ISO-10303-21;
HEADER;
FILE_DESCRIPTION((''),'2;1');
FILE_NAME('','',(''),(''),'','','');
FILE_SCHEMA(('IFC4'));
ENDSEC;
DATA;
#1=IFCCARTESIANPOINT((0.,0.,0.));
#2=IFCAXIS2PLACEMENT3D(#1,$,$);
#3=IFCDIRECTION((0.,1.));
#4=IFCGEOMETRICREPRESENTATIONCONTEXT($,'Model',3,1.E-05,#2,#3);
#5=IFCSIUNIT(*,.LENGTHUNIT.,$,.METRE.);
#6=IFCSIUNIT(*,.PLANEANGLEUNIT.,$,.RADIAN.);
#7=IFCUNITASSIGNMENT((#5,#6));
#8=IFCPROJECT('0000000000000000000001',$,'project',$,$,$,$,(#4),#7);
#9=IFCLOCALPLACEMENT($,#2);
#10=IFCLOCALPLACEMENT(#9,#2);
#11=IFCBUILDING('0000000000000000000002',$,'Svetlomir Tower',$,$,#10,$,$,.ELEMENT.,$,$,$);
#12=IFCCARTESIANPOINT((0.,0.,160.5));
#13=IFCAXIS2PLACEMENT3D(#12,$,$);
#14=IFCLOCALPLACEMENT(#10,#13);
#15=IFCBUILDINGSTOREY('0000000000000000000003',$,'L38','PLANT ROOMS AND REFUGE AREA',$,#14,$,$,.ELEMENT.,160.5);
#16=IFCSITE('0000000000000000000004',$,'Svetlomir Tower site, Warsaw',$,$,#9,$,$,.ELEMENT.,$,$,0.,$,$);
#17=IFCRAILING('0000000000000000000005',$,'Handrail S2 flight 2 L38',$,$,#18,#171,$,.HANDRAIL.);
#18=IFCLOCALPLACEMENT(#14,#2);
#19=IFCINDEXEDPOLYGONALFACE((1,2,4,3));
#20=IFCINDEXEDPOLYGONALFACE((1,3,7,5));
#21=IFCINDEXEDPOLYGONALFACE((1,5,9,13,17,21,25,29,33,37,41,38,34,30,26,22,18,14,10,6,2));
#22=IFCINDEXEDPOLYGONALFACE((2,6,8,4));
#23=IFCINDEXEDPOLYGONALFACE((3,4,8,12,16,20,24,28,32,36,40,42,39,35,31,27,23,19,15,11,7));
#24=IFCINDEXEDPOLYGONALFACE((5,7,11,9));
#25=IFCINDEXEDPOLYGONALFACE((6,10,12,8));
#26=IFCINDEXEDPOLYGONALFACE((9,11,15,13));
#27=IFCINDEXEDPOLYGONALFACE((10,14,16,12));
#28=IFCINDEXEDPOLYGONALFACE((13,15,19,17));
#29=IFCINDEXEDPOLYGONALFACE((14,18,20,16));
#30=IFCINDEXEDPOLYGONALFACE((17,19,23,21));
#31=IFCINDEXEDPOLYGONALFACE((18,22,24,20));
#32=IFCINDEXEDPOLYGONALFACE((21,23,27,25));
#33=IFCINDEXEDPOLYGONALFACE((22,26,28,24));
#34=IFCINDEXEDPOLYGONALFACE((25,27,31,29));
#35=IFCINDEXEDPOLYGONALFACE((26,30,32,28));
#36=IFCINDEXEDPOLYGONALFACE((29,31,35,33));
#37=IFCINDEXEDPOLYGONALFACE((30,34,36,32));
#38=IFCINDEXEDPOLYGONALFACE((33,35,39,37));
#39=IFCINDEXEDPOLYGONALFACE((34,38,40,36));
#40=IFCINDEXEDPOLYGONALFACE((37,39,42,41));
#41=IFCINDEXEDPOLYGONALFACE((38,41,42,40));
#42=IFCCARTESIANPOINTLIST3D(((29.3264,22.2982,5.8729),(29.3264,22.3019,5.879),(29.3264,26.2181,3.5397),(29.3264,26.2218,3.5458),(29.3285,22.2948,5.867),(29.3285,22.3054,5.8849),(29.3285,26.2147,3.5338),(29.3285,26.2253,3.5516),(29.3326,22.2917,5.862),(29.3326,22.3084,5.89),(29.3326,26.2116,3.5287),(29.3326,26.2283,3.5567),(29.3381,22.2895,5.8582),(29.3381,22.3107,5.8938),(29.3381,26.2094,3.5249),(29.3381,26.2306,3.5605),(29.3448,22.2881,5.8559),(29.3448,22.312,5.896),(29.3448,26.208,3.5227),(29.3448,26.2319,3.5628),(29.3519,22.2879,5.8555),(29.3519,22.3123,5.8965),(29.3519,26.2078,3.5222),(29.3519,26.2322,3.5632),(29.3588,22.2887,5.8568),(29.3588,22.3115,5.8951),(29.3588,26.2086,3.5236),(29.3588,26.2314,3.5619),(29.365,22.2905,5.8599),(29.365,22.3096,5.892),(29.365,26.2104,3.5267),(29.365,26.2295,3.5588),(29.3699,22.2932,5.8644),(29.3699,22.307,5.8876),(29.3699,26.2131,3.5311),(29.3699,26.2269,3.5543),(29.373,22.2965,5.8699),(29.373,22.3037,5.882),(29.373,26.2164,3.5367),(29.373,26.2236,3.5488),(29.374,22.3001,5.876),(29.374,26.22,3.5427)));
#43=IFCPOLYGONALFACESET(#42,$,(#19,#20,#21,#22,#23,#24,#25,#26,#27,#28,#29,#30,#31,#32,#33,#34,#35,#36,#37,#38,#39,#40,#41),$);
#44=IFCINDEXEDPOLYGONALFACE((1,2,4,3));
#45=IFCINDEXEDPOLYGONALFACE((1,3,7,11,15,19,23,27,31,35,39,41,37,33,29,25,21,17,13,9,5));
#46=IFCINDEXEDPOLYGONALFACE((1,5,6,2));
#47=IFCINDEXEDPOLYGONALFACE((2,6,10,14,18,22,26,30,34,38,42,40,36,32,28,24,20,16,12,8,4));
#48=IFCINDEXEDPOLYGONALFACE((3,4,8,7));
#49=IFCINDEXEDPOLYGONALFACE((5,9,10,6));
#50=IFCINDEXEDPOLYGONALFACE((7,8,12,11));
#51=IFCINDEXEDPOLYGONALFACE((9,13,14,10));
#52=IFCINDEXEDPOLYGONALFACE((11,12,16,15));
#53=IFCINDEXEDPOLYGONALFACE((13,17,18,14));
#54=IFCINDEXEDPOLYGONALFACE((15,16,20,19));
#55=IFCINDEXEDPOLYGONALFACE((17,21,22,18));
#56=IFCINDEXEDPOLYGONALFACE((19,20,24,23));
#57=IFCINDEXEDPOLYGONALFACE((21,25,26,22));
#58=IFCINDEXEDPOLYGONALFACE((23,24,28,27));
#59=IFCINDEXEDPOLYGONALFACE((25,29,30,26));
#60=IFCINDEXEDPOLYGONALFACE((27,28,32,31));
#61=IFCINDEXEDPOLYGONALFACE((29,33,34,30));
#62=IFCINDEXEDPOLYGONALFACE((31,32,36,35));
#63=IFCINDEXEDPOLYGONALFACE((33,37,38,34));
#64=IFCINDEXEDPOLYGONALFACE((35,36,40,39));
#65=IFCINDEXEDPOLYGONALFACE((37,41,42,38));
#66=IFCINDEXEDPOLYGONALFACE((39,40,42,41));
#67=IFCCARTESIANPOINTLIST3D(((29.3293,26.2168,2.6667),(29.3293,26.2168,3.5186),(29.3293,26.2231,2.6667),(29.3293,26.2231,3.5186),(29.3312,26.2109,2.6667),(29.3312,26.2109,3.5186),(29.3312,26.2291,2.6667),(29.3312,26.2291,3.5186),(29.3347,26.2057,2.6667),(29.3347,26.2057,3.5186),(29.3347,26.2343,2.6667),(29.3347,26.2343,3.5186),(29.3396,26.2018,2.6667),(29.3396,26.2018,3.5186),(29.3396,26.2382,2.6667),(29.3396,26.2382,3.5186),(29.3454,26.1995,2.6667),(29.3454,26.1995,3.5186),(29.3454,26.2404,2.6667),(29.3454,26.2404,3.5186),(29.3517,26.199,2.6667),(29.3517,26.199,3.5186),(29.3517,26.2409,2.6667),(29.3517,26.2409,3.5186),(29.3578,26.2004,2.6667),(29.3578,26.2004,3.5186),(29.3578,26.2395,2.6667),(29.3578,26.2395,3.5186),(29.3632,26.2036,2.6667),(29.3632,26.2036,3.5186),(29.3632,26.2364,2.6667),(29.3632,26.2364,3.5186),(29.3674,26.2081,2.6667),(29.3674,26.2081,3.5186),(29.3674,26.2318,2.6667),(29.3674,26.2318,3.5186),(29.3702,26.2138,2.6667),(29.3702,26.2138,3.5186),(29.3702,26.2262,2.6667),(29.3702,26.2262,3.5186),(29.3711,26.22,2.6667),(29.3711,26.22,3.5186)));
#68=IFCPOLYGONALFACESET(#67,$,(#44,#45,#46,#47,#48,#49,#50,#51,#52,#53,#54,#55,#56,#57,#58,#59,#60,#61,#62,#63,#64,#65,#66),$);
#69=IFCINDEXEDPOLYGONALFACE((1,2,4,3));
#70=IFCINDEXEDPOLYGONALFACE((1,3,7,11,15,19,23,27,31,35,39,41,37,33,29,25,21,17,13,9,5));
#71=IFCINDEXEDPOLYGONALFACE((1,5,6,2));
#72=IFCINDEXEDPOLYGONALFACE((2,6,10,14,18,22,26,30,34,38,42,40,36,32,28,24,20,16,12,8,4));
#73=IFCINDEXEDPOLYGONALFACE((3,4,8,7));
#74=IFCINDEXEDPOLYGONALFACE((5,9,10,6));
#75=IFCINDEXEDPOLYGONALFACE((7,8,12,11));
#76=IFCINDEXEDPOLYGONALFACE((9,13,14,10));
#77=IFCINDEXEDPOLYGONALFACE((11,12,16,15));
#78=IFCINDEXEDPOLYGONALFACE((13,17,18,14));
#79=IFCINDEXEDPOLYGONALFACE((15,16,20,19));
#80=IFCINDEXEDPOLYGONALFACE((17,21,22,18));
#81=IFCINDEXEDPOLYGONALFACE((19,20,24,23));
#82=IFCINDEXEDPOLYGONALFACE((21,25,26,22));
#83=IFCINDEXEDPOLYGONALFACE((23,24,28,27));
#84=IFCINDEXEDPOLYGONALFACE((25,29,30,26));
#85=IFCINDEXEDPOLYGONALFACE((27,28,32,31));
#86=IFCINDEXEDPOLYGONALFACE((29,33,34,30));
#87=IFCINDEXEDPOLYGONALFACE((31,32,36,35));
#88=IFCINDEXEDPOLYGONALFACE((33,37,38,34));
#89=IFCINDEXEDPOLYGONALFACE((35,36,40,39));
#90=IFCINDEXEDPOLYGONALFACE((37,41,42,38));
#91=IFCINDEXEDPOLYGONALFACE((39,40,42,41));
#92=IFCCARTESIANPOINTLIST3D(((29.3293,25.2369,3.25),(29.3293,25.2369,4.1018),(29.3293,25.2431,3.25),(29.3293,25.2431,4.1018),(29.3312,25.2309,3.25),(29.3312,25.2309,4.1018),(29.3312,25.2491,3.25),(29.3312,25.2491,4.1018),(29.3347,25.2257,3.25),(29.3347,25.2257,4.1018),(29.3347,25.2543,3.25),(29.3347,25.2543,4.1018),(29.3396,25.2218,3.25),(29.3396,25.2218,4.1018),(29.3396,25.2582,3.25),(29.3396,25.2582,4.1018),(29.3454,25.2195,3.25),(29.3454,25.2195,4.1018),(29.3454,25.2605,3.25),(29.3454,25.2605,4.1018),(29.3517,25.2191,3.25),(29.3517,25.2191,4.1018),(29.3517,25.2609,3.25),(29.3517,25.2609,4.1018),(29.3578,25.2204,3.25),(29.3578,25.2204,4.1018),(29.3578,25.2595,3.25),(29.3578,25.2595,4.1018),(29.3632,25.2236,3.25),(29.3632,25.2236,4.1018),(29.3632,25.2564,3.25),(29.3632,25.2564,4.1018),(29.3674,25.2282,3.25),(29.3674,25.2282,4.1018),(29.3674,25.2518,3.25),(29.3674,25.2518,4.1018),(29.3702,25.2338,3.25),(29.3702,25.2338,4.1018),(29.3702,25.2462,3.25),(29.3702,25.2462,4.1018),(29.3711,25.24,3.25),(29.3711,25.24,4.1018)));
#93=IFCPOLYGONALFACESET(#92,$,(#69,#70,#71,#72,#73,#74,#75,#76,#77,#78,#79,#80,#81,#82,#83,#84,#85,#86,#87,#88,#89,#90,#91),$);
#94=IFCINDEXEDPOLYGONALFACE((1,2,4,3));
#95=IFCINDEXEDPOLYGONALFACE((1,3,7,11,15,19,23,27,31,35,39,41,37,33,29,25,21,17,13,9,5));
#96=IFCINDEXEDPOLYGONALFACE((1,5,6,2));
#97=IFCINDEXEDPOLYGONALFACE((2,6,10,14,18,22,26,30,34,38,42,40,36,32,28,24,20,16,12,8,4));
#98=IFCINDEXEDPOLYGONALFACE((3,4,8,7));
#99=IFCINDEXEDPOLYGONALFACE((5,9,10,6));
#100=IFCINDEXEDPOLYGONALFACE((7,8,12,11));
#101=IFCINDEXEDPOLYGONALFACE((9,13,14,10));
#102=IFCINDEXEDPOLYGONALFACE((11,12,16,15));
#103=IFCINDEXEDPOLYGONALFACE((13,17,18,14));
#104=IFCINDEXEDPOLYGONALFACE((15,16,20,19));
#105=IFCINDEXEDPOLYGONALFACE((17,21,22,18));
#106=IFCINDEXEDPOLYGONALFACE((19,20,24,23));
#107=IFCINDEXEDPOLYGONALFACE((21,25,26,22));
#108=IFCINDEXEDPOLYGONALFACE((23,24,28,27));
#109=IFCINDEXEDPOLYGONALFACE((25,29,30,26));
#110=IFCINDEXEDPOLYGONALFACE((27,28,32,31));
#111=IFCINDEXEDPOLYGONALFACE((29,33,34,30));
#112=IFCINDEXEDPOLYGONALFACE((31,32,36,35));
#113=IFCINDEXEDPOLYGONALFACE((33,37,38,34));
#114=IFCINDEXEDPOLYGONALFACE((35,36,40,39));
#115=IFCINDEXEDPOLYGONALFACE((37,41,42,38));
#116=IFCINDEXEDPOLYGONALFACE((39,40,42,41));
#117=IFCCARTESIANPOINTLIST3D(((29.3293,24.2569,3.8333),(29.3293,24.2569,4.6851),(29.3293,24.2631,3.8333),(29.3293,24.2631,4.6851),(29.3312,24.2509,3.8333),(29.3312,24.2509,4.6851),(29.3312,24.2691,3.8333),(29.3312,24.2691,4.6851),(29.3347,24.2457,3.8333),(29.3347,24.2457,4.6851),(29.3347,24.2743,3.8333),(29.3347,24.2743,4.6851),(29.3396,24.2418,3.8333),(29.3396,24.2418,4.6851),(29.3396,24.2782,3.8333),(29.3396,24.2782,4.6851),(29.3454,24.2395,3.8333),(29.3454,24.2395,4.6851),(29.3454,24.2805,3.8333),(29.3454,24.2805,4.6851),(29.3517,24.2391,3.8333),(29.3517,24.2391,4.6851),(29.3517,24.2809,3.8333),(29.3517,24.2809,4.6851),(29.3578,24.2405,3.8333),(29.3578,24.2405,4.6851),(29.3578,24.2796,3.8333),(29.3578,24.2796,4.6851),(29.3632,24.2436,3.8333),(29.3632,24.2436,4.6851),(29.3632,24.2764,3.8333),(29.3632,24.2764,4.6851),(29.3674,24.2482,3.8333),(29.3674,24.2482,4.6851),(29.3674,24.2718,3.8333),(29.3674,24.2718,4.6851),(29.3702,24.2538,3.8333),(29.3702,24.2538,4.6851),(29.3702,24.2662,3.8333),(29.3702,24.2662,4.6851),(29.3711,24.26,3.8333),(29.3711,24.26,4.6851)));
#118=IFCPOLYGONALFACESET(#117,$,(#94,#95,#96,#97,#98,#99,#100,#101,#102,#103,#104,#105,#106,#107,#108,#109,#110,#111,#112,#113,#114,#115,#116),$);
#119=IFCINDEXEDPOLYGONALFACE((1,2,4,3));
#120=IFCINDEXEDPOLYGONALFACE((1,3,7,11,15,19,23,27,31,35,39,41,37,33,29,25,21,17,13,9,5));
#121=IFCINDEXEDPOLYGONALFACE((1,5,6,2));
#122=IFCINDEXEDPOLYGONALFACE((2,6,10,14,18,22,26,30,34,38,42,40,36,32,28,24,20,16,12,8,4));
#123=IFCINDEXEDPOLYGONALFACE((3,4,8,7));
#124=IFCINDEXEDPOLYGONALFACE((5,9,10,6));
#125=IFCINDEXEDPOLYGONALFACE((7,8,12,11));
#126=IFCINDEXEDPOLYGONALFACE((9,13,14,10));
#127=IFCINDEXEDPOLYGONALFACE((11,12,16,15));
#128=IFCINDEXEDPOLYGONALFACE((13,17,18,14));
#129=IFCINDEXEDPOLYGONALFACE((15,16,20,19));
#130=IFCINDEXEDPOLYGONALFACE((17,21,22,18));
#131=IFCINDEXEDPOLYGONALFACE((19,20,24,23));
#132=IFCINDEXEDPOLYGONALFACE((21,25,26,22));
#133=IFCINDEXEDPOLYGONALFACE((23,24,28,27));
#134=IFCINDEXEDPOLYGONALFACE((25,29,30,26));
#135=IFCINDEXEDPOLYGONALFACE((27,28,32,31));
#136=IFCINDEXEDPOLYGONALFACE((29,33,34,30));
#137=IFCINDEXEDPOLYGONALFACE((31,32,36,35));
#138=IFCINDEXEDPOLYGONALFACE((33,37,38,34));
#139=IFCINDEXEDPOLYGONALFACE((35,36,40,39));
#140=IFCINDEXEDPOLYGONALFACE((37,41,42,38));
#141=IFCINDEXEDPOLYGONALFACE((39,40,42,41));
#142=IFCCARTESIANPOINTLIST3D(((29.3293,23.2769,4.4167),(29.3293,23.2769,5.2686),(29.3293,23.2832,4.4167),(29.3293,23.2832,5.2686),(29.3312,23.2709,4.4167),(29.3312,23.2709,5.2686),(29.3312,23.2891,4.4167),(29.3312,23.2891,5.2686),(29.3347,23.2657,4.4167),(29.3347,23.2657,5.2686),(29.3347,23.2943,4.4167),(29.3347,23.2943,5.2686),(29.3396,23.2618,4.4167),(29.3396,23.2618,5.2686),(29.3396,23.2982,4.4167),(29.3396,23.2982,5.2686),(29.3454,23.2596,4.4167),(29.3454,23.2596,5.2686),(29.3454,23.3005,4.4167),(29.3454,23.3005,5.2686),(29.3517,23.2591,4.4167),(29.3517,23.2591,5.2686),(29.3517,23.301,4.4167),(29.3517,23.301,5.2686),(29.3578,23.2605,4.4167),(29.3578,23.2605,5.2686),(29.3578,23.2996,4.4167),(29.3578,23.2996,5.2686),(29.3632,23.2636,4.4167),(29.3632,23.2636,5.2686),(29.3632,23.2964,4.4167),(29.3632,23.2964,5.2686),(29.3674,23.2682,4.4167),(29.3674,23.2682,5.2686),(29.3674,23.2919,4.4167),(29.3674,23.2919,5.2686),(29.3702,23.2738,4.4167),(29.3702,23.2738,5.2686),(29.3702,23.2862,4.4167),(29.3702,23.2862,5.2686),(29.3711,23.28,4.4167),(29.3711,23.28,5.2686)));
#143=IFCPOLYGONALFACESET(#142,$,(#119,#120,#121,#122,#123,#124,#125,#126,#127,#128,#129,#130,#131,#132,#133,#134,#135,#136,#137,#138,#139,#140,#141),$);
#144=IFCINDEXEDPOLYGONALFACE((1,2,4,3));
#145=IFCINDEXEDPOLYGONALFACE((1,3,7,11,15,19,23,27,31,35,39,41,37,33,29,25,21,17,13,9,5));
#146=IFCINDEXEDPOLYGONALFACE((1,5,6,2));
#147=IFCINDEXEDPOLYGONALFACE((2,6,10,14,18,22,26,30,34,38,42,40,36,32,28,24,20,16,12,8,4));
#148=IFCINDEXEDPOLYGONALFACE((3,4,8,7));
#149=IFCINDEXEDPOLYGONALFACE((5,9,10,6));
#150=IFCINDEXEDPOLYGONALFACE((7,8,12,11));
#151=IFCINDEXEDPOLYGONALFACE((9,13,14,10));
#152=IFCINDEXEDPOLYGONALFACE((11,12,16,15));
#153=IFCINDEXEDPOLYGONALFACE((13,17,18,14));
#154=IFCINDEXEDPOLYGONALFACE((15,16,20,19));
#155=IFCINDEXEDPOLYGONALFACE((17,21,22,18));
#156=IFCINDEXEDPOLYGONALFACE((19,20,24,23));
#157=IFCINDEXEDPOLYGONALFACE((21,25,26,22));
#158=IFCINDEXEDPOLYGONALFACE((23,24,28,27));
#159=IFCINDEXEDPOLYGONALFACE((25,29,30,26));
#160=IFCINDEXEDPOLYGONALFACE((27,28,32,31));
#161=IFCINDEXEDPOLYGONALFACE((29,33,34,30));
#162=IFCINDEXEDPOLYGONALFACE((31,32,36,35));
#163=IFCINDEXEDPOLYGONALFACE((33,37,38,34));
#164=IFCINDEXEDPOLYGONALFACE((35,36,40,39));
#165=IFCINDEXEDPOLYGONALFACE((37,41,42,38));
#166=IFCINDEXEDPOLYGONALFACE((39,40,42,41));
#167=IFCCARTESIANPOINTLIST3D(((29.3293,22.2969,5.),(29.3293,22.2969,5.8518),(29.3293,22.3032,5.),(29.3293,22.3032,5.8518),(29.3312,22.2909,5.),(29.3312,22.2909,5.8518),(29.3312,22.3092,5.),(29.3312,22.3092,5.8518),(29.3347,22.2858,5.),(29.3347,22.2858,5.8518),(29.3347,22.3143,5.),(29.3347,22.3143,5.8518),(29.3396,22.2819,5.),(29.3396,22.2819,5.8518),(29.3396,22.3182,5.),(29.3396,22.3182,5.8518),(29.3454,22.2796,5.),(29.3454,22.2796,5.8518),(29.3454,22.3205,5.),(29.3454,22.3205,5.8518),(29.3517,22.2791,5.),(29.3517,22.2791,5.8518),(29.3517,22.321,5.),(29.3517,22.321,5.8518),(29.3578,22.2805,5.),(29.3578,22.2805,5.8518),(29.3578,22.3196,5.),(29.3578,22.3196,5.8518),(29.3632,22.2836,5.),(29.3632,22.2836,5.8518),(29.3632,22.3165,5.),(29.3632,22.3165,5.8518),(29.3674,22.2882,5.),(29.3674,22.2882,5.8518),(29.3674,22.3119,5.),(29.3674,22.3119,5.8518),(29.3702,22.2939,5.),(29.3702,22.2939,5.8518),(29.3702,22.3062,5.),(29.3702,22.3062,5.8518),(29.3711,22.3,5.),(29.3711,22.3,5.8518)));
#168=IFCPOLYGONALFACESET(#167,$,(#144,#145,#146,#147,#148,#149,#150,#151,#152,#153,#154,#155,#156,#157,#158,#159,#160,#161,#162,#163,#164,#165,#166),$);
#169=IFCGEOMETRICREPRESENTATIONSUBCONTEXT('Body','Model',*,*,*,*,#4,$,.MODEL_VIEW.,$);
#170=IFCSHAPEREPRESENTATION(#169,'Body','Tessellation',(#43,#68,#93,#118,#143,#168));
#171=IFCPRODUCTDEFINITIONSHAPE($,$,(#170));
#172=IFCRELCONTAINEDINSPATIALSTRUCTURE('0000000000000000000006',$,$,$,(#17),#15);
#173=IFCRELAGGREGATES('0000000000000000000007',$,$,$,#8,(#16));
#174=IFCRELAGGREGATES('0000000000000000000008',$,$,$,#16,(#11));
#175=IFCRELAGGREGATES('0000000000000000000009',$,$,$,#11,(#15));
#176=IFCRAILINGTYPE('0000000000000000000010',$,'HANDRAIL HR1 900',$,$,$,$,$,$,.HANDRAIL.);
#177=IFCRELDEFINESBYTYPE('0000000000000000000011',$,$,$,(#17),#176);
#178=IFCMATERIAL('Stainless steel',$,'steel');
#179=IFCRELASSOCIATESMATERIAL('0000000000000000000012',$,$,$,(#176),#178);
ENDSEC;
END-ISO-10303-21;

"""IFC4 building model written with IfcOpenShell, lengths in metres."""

from ifc_helpers import new_model, si_unit, direction, frame, origin, origin_2d, place, context, subcontext, project, spatial, circle, extrude, material, type_object, element, save


model = new_model("IFC4")

# Units and contexts
model_context = context("Model", 3, precision=1e-05, world=origin(), true_north=direction((0.0, 1.0)))
body_context = subcontext(model_context, "Body", "Model", "MODEL_VIEW")
ifc_project = project(units=[si_unit("LENGTHUNIT", "METRE"), si_unit("PLANEANGLEUNIT", "RADIAN")], contexts=[model_context])

# Site, building, storey
site_placement = place(None, origin())
site = spatial("IfcSite", under=ifc_project, at=site_placement, Name="Svetlomir Tower site, Warsaw", CompositionType="ELEMENT", RefElevation=0.0)
building_placement = place(site_placement, origin())
building = spatial("IfcBuilding", under=site, at=building_placement, Name="Svetlomir Tower", CompositionType="ELEMENT")
storey_placement = place(building_placement, frame((0.0, 0.0, 160.5)))
storey = spatial("IfcBuildingStorey", under=building, at=storey_placement, Name="L38", Description="PLANT ROOMS AND REFUGE AREA", CompositionType="ELEMENT", Elevation=160.5)

# Railing
ifc_material_1 = material(Name="Stainless steel", Category="steel")
railing_type_1 = type_object("IfcRailingType", Name="HANDRAIL HR1 900", PredefinedType="HANDRAIL", material=ifc_material_1)
railing_1_placement = place(storey_placement, frame((29.3501, 26.22, 2.6667)))
element("IfcRailing", 1, at=railing_1_placement, inside=storey, type_object=railing_type_1, Name="Handrail S2 flight 2 L38", PredefinedType="HANDRAIL", context=body_context, shape_type="SweptSolid", body=[
    extrude(circle(Radius=0.0239, at=origin_2d()), frame((0.0, 0.0, 0.876), z_axis=(0.0, -0.859296, 0.511478), x_axis=(1.0, 0.0, 0.0)), (0.0, 0.0, 1.0), 4.5618),
    extrude(circle(Radius=0.021, at=origin_2d()), origin(), (0.0, 0.0, 1.0), 0.8518),
    extrude(circle(Radius=0.021, at=origin_2d()), frame((0.0, -0.98, 0.5833)), (0.0, 0.0, 1.0), 0.8518),
    extrude(circle(Radius=0.021, at=origin_2d()), frame((0.0, -1.96, 1.1665)), (0.0, 0.0, 1.0), 0.8518),
    extrude(circle(Radius=0.021, at=origin_2d()), frame((0.0, -2.9399, 1.75)), (0.0, 0.0, 1.0), 0.8518),
    extrude(circle(Radius=0.021, at=origin_2d()), frame((0.0, -3.9199, 2.3333)), (0.0, 0.0, 1.0), 0.8518),
])

save(model, "model.ifc")
